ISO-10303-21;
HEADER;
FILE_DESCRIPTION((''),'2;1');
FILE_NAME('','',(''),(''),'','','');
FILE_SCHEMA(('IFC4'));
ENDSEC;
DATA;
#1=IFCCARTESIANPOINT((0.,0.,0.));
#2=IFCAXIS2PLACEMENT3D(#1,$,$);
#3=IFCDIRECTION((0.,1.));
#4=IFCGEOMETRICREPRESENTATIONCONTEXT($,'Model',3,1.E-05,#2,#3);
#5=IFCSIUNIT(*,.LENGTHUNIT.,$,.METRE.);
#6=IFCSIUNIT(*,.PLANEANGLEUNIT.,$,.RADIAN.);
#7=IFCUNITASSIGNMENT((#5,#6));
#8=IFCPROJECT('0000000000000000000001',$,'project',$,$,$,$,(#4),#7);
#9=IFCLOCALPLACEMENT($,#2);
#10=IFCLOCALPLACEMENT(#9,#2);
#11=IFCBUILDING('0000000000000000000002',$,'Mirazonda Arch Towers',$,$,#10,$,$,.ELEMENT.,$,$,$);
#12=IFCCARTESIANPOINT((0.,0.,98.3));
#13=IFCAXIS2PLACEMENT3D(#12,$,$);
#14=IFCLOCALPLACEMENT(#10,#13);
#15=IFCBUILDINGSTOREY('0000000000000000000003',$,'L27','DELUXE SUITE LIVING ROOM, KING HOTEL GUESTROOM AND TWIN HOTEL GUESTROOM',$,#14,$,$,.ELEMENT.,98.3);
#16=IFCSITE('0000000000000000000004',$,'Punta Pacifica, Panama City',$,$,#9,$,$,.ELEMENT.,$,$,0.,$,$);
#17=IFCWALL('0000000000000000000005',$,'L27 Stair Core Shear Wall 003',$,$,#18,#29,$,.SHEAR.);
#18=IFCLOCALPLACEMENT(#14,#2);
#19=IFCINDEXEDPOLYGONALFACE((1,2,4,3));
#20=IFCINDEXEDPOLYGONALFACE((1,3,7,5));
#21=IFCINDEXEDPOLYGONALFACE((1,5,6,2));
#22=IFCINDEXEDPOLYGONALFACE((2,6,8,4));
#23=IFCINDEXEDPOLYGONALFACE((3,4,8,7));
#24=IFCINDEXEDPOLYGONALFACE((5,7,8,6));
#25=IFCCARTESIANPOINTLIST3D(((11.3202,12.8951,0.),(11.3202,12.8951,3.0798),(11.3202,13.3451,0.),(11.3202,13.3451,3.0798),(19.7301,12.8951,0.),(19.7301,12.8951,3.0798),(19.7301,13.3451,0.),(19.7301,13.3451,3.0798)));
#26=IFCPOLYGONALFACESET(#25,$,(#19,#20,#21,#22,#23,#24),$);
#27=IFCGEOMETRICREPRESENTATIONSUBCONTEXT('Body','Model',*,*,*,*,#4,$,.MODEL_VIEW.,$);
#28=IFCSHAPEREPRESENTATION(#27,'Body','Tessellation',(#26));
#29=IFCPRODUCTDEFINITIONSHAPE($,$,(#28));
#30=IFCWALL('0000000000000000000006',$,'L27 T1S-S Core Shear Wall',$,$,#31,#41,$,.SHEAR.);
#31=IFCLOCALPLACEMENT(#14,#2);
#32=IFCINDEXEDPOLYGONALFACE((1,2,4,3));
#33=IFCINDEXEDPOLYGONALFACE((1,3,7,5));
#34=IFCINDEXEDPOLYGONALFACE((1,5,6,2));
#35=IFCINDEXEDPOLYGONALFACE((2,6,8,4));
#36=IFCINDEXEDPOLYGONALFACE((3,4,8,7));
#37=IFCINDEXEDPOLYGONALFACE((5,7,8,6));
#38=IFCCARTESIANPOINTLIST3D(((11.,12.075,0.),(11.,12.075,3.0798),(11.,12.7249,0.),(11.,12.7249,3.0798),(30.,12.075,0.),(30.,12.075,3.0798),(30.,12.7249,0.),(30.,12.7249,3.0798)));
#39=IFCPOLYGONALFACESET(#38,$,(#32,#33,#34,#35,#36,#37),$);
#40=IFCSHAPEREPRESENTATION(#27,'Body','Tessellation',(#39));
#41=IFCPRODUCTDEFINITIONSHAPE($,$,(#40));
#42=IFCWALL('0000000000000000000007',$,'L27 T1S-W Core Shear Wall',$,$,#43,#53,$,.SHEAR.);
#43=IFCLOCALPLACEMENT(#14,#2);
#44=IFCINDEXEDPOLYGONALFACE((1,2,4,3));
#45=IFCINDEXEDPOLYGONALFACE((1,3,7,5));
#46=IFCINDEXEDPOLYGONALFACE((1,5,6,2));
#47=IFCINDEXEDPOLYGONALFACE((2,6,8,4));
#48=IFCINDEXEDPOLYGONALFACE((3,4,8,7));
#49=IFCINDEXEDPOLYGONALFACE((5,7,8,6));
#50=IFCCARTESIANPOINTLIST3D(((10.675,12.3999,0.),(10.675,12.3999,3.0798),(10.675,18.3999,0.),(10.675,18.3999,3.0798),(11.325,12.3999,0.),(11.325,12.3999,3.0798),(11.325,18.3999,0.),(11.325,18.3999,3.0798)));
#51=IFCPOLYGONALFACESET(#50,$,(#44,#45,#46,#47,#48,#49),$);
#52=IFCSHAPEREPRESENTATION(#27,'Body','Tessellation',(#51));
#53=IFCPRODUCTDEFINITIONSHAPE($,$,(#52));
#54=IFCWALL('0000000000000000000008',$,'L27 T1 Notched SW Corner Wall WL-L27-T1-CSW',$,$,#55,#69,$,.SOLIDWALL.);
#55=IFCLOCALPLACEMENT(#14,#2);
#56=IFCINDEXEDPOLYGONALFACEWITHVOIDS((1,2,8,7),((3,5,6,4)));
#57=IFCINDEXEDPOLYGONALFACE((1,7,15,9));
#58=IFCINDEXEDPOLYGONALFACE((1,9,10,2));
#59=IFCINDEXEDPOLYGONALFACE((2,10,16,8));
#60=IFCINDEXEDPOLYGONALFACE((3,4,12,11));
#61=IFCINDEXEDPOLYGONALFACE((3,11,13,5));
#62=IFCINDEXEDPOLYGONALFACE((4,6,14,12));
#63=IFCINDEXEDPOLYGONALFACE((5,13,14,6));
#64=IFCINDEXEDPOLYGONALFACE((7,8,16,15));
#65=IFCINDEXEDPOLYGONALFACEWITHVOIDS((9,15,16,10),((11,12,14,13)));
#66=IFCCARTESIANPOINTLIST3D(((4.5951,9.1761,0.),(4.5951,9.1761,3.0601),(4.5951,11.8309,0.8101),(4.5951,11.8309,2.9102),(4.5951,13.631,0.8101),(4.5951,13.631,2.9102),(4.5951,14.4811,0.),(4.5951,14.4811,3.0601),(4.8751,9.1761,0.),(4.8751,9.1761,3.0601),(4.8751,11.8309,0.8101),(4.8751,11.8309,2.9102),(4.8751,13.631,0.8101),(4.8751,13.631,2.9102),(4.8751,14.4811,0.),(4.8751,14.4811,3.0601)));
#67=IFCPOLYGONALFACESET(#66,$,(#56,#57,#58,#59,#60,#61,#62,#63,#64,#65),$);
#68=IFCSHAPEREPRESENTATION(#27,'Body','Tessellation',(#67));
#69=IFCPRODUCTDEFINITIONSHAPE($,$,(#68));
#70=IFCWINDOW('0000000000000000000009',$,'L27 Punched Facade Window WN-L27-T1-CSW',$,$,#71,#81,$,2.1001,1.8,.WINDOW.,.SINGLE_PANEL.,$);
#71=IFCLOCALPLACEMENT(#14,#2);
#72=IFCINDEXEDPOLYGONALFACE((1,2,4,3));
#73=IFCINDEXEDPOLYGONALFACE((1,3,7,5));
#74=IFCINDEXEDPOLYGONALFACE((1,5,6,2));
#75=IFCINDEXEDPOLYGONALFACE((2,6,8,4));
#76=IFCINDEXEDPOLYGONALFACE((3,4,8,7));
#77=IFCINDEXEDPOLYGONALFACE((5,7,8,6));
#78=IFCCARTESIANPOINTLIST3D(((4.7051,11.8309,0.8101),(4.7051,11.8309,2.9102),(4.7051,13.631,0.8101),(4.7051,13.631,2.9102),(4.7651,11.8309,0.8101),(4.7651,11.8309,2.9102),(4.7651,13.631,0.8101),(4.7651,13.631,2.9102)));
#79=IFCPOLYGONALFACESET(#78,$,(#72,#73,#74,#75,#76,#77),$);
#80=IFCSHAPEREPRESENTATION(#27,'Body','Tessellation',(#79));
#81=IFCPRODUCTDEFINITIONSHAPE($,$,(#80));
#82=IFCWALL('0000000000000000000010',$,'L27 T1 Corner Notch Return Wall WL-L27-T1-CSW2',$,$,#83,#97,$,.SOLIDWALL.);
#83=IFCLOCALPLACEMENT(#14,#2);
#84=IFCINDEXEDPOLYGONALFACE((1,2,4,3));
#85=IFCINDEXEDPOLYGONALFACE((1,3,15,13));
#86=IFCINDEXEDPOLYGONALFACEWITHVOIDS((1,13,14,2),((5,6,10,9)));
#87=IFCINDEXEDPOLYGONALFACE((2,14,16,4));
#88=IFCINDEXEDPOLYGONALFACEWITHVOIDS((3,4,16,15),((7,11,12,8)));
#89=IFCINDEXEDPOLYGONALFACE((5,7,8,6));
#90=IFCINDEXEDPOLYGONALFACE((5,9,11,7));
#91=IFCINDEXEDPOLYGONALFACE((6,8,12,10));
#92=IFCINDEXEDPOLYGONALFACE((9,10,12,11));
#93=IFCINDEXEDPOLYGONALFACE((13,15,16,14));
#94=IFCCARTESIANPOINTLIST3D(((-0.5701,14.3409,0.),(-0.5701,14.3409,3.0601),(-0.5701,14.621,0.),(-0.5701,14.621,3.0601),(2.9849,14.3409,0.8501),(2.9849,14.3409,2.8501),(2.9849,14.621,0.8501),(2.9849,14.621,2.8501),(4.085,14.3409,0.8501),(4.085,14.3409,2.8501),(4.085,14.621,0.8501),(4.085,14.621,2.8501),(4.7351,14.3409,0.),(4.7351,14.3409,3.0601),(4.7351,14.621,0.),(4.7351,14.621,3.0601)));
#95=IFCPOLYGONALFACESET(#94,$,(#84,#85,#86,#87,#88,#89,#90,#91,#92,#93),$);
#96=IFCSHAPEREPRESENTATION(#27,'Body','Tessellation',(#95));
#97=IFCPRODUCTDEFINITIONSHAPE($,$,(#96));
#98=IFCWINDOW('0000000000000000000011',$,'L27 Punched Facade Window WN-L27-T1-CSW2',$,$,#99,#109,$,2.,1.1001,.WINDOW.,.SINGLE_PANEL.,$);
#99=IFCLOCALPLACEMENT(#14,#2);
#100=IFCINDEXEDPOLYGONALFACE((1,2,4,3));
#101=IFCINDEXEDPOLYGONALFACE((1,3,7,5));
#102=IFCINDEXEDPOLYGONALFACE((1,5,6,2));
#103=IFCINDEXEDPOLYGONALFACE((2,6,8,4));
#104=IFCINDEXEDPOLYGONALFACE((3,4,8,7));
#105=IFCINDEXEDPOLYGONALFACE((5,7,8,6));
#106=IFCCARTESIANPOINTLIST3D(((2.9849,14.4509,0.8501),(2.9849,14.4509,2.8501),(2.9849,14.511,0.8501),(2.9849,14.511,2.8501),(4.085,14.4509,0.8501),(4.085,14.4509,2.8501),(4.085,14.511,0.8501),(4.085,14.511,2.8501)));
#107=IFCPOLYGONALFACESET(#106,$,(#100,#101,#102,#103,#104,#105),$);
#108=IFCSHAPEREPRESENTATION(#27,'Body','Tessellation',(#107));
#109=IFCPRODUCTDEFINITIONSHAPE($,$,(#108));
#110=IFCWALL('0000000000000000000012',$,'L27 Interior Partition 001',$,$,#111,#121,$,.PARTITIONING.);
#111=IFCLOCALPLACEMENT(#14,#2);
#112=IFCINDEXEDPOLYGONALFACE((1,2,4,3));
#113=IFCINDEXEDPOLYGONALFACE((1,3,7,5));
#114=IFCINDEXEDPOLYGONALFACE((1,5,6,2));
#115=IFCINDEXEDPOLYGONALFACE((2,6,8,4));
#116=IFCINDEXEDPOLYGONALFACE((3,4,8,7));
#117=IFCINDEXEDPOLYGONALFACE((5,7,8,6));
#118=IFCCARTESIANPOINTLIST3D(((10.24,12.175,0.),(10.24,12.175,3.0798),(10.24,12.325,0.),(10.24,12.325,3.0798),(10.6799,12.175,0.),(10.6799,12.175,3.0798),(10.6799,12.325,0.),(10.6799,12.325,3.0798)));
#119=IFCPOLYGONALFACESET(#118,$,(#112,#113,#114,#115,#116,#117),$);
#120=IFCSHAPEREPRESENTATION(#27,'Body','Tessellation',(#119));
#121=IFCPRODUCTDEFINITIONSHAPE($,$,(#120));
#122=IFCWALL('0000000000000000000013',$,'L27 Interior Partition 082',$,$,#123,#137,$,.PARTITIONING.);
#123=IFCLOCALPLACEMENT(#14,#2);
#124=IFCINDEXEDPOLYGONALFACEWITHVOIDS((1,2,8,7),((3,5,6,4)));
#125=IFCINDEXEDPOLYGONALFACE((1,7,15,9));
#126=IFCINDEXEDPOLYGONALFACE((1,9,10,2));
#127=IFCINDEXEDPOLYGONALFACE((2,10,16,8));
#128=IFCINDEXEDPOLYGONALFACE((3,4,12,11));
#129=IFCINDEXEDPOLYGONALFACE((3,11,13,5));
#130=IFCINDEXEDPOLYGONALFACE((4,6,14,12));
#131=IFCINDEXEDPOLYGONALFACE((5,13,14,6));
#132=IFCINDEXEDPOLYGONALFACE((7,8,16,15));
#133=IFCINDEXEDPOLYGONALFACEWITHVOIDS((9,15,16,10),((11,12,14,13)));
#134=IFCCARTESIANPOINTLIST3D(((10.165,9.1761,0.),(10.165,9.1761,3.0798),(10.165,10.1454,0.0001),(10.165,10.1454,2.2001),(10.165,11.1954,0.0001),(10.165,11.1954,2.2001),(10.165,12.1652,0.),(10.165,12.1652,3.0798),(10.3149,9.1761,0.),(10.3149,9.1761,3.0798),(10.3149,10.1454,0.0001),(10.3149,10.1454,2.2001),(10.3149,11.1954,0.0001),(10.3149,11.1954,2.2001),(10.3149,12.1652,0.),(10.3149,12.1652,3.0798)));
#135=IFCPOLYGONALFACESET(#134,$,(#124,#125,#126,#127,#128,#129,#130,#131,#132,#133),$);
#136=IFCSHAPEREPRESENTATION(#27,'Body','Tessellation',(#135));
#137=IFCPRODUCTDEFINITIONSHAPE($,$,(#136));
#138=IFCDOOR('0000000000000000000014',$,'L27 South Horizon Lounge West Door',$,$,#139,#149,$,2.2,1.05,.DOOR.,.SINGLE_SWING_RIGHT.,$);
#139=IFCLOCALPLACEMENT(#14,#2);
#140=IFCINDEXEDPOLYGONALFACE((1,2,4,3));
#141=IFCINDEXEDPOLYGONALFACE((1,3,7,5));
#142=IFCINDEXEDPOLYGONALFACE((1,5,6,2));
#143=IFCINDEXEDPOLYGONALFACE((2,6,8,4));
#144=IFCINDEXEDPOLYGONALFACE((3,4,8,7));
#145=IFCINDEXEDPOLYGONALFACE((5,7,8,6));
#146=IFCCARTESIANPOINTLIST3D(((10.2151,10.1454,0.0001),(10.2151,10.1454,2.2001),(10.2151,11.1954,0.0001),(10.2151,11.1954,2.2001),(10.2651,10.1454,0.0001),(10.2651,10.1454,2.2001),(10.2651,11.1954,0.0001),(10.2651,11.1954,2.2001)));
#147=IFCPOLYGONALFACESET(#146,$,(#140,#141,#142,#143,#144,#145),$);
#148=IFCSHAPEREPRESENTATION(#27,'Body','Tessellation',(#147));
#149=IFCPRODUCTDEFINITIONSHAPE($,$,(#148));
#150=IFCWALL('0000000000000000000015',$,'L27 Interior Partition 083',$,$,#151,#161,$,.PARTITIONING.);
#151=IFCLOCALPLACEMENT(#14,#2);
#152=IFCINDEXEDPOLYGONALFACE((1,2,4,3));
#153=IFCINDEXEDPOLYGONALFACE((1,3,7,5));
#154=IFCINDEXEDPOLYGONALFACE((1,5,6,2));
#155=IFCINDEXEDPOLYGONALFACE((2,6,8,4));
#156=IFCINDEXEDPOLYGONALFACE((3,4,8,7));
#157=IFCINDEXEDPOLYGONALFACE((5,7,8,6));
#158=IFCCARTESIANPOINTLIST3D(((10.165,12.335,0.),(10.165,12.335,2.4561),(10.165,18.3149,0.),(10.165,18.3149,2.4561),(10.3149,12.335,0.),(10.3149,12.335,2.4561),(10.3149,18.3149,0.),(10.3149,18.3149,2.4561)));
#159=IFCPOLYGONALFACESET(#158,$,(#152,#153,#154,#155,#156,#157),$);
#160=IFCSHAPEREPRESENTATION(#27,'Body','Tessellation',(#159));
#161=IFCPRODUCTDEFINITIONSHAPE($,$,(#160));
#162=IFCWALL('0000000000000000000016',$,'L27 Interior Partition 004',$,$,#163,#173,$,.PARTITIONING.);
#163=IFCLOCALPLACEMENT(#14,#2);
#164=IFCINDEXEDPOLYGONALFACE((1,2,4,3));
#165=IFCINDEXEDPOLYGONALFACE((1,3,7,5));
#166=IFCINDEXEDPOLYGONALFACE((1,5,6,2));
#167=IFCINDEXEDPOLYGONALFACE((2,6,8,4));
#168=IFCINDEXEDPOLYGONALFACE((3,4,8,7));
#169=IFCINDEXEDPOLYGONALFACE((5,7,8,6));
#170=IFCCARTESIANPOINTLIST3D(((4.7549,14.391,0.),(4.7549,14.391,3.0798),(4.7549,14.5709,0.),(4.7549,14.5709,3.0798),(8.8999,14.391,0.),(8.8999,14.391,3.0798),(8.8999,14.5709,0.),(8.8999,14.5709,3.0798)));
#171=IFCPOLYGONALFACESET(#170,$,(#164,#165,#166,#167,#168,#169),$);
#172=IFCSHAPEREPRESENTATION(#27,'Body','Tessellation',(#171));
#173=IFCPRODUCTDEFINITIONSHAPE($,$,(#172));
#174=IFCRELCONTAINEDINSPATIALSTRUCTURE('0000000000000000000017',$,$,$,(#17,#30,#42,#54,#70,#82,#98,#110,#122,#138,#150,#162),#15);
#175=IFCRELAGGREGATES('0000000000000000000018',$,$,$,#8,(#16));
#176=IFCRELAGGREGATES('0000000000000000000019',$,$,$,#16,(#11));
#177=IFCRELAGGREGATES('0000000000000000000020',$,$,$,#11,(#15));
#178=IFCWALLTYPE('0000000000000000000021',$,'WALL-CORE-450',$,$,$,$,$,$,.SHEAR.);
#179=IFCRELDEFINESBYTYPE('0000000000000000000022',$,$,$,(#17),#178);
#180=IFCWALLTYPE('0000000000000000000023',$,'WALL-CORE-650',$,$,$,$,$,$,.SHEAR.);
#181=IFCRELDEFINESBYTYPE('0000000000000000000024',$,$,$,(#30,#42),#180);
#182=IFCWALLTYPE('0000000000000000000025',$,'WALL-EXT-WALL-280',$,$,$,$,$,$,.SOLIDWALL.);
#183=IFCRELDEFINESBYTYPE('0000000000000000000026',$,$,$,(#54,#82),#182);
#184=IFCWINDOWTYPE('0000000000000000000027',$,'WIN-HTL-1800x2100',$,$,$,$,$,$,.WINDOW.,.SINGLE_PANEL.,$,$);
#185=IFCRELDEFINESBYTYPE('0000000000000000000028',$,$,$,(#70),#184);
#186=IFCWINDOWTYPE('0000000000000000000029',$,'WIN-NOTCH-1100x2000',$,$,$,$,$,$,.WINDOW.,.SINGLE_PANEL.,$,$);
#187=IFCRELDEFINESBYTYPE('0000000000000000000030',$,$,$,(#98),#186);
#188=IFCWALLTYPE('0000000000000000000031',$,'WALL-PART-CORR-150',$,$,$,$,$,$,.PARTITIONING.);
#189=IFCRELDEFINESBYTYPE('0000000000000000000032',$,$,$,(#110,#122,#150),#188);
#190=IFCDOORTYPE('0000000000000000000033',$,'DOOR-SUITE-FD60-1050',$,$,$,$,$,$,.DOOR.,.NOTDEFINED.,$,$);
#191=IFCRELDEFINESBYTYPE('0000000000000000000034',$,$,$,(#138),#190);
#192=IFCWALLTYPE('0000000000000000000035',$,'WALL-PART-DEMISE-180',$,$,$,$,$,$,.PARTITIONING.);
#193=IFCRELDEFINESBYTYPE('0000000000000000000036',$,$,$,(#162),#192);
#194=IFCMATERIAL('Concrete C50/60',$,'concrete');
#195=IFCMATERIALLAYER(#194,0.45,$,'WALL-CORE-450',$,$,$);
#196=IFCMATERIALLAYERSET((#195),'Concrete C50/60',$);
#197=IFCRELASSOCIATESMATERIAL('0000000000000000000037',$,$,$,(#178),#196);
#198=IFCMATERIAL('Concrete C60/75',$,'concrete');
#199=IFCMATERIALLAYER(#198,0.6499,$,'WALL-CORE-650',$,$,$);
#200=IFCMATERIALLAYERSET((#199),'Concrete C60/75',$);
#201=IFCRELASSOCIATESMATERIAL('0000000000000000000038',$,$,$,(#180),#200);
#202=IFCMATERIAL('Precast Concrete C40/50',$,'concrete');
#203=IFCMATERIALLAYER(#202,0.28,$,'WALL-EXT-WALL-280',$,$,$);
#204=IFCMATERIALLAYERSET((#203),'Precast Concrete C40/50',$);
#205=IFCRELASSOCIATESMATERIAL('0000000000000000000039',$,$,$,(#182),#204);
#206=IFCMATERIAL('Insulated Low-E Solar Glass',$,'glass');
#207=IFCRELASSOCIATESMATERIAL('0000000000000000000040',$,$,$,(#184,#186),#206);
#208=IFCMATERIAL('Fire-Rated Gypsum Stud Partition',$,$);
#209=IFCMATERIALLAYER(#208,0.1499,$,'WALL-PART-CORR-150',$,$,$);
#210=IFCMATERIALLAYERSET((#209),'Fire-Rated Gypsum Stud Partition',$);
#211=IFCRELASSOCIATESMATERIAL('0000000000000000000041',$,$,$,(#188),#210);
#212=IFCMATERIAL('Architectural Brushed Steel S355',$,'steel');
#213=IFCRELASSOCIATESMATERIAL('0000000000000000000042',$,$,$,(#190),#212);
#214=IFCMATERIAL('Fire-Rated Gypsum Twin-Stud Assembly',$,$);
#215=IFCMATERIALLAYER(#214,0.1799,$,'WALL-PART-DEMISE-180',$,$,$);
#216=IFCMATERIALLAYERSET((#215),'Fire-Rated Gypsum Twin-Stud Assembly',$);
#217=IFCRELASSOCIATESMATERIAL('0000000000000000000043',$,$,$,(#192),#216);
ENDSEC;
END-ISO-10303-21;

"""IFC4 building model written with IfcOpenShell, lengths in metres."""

from ifc_helpers import new_model, si_unit, direction, frame, frame_2d, origin, place, context, subcontext, project, spatial, rectangle, extrude, material, layer, layer_set, type_object, element, fill, save


model = new_model("IFC4")

# Units and contexts
model_context = context("Model", 3, precision=1e-05, world=origin(), true_north=direction((0.0, 1.0)))
body_context = subcontext(model_context, "Body", "Model", "MODEL_VIEW")
ifc_project = project(units=[si_unit("LENGTHUNIT", "METRE"), si_unit("PLANEANGLEUNIT", "RADIAN")], contexts=[model_context])

# Site, building, storey
site_placement = place(None, origin())
site = spatial("IfcSite", under=ifc_project, at=site_placement, Name="Punta Pacifica, Panama City", CompositionType="ELEMENT", RefElevation=0.0)
building_placement = place(site_placement, origin())
building = spatial("IfcBuilding", under=site, at=building_placement, Name="Mirazonda Arch Towers", CompositionType="ELEMENT")
storey_placement = place(building_placement, frame((0.0, 0.0, 98.3)))
storey = spatial("IfcBuildingStorey", under=building, at=storey_placement, Name="L27", Description="DELUXE SUITE LIVING ROOM, KING HOTEL GUESTROOM AND TWIN HOTEL GUESTROOM", CompositionType="ELEMENT", Elevation=98.3)

# Shared definitions
ifc_material_1 = material(Name="Concrete C50/60", Category="concrete")
ifc_material_2 = material(Name="Concrete C60/75", Category="concrete")

# Shared definitions
ifc_material_3 = material(Name="Insulated Low-E Solar Glass", Category="glass")

# Walls
ifc_layer_1 = layer(ifc_material_1, 0.45, Name="WALL-CORE-450")
ifc_layer_set_1 = layer_set([ifc_layer_1], Name="Concrete C50/60")
wall_type_1 = type_object("IfcWallType", Name="WALL-CORE-450", PredefinedType="SHEAR", material=ifc_layer_set_1)
wall_1_placement = place(storey_placement, frame((11.3201, 13.1201, 0.0), z_axis=(0.0, 0.0, 1.0), x_axis=(1.0, 0.0, 0.0)))
element("IfcWall", 1, at=wall_1_placement, inside=storey, type_object=wall_type_1, Name="L27 Stair Core Shear Wall 003", PredefinedType="SHEAR", context=body_context, shape_type="SweptSolid", body=[
    extrude(rectangle(XDim=8.4099, YDim=0.45, at=frame_2d((4.2051, 0.0))), origin(), (0.0, 0.0, 1.0), 3.0798),
])
ifc_layer_2 = layer(ifc_material_2, 0.6499, Name="WALL-CORE-650")
ifc_layer_set_2 = layer_set([ifc_layer_2], Name="Concrete C60/75")
wall_type_2 = type_object("IfcWallType", Name="WALL-CORE-650", PredefinedType="SHEAR", material=ifc_layer_set_2)
wall_2_placement = place(storey_placement, frame((11.0, 12.3999, 0.0), z_axis=(0.0, 0.0, 1.0), x_axis=(1.0, 0.0, 0.0)))
element("IfcWall", 2, at=wall_2_placement, inside=storey, type_object=wall_type_2, Name="L27 T1S-S Core Shear Wall", PredefinedType="SHEAR", context=body_context, shape_type="SweptSolid", body=[
    extrude(rectangle(XDim=19.0, YDim=0.6499, at=frame_2d((9.5, 0.0))), origin(), (0.0, 0.0, 1.0), 3.0798),
])
wall_3_placement = place(storey_placement, frame((11.0, 12.3999, 0.0), z_axis=(0.0, 0.0, 1.0), x_axis=(0.0, 1.0, 0.0)))
element("IfcWall", 3, at=wall_3_placement, inside=storey, type_object=wall_type_2, Name="L27 T1S-W Core Shear Wall", PredefinedType="SHEAR", context=body_context, shape_type="SweptSolid", body=[
    extrude(rectangle(XDim=6.0, YDim=0.6499, at=frame_2d((3.0, 0.0))), origin(), (0.0, 0.0, 1.0), 3.0798),
])

# Walls, openings, windows
ifc_material_4 = material(Name="Precast Concrete C40/50", Category="concrete")
ifc_layer_3 = layer(ifc_material_4, 0.28, Name="WALL-EXT-WALL-280")
ifc_layer_set_3 = layer_set([ifc_layer_3], Name="Precast Concrete C40/50")
wall_type_3 = type_object("IfcWallType", Name="WALL-EXT-WALL-280", PredefinedType="SOLIDWALL", material=ifc_layer_set_3)
wall_4_placement = place(storey_placement, frame((4.7351, 14.481, 0.0), z_axis=(0.0, 0.0, 1.0), x_axis=(0.0, -1.0, 0.0)))
wall_4 = element("IfcWall", 4, at=wall_4_placement, inside=storey, type_object=wall_type_3, Name="L27 T1 Notched SW Corner Wall WL-L27-T1-CSW", PredefinedType="SOLIDWALL", context=body_context, shape_type="SweptSolid", body=[
    extrude(rectangle(XDim=5.3049, YDim=0.28, at=frame_2d((2.6523, 0.0))), origin(), (0.0, 0.0, 1.0), 3.0601),
])
opening_1_placement = place(wall_4_placement, frame((0.8501, 0.0, 0.8101)))
opening_1 = element("IfcOpeningElement", 5, at=opening_1_placement, cuts=wall_4, PredefinedType="OPENING", context=body_context, shape_type="SweptSolid", body=[
    extrude(rectangle(XDim=1.8, YDim=2.1001, at=frame_2d((0.8999, 1.05))), frame((0.0, 0.1499, 0.0), z_axis=(0.0, -1.0, 0.0), x_axis=(1.0, 0.0, 0.0)), (0.0, 0.0, 1.0), 0.3),
])
window_type_1 = type_object("IfcWindowType", Name="WIN-HTL-1800x2100", PartitioningType="SINGLE_PANEL", PredefinedType="WINDOW", material=ifc_material_3)
window_1_placement = place(opening_1_placement, origin())
window_1 = element("IfcWindow", 6, at=window_1_placement, inside=storey, type_object=window_type_1, Name="L27 Punched Facade Window WN-L27-T1-CSW", OverallHeight=2.1001, OverallWidth=1.8, PartitioningType="SINGLE_PANEL", PredefinedType="WINDOW", context=body_context, shape_type="SweptSolid", body=[
    extrude(rectangle(XDim=1.8, YDim=2.1001, at=frame_2d((0.8999, 1.05))), frame((0.0, 0.03, 0.0), z_axis=(0.0, -1.0, 0.0), x_axis=(1.0, 0.0, 0.0)), (0.0, 0.0, 1.0), 0.0601),
])
fill(opening_1, window_1)
wall_5_placement = place(storey_placement, frame((-0.5701, 14.481, 0.0), z_axis=(0.0, 0.0, 1.0), x_axis=(1.0, 0.0, 0.0)))
wall_5 = element("IfcWall", 7, at=wall_5_placement, inside=storey, type_object=wall_type_3, Name="L27 T1 Corner Notch Return Wall WL-L27-T1-CSW2", PredefinedType="SOLIDWALL", context=body_context, shape_type="SweptSolid", body=[
    extrude(rectangle(XDim=5.3052, YDim=0.28, at=frame_2d((2.6526, 0.0))), origin(), (0.0, 0.0, 1.0), 3.0601),
])
opening_2_placement = place(wall_5_placement, frame((3.5549, 0.0, 0.8501)))
opening_2 = element("IfcOpeningElement", 8, at=opening_2_placement, cuts=wall_5, PredefinedType="OPENING", context=body_context, shape_type="SweptSolid", body=[
    extrude(rectangle(XDim=1.1001, YDim=2.0, at=frame_2d((0.55, 1.0))), frame((0.0, 0.1499, 0.0), z_axis=(0.0, -1.0, 0.0), x_axis=(1.0, 0.0, 0.0)), (0.0, 0.0, 1.0), 0.3),
])
window_type_2 = type_object("IfcWindowType", Name="WIN-NOTCH-1100x2000", PartitioningType="SINGLE_PANEL", PredefinedType="WINDOW", material=ifc_material_3)
window_2_placement = place(opening_2_placement, origin())
window_2 = element("IfcWindow", 9, at=window_2_placement, inside=storey, type_object=window_type_2, Name="L27 Punched Facade Window WN-L27-T1-CSW2", OverallHeight=2.0, OverallWidth=1.1001, PartitioningType="SINGLE_PANEL", PredefinedType="WINDOW", context=body_context, shape_type="SweptSolid", body=[
    extrude(rectangle(XDim=1.1001, YDim=2.0, at=frame_2d((0.55, 1.0))), frame((0.0, 0.03, 0.0), z_axis=(0.0, -1.0, 0.0), x_axis=(1.0, 0.0, 0.0)), (0.0, 0.0, 1.0), 0.0601),
])
fill(opening_2, window_2)

# Wall
ifc_material_5 = material(Name="Fire-Rated Gypsum Stud Partition")
ifc_layer_4 = layer(ifc_material_5, 0.1499, Name="WALL-PART-CORR-150")
ifc_layer_set_4 = layer_set([ifc_layer_4], Name="Fire-Rated Gypsum Stud Partition")
wall_type_4 = type_object("IfcWallType", Name="WALL-PART-CORR-150", PredefinedType="PARTITIONING", material=ifc_layer_set_4)
wall_6_placement = place(storey_placement, frame((10.24, 12.25, 0.0), z_axis=(0.0, 0.0, 1.0), x_axis=(1.0, 0.0, 0.0)))
element("IfcWall", 10, at=wall_6_placement, inside=storey, type_object=wall_type_4, Name="L27 Interior Partition 001", PredefinedType="PARTITIONING", context=body_context, shape_type="SweptSolid", body=[
    extrude(rectangle(XDim=0.4399, YDim=0.1499, at=frame_2d((0.22, 0.0))), origin(), (0.0, 0.0, 1.0), 3.0798),
])

# Wall, opening, door
wall_7_placement = place(storey_placement, frame((10.24, 9.176, 0.0), z_axis=(0.0, 0.0, 1.0), x_axis=(0.0, 1.0, 0.0)))
wall_7 = element("IfcWall", 11, at=wall_7_placement, inside=storey, type_object=wall_type_4, Name="L27 Interior Partition 082", PredefinedType="PARTITIONING", context=body_context, shape_type="SweptSolid", body=[
    extrude(rectangle(XDim=2.989, YDim=0.1499, at=frame_2d((1.4946, 0.0))), origin(), (0.0, 0.0, 1.0), 3.0798),
])
opening_3_placement = place(wall_7_placement, frame((0.9695, 0.0, 0.0)))
opening_3 = element("IfcOpeningElement", 12, at=opening_3_placement, cuts=wall_7, PredefinedType="OPENING", context=body_context, shape_type="SweptSolid", body=[
    extrude(rectangle(XDim=1.05, YDim=2.2, at=frame_2d((0.5249, 1.1001))), frame((0.0, 0.085, 0.0), z_axis=(0.0, -1.0, 0.0), x_axis=(1.0, 0.0, 0.0)), (0.0, 0.0, 1.0), 0.1699),
])
ifc_material_6 = material(Name="Architectural Brushed Steel S355", Category="steel")
door_type_1 = type_object("IfcDoorType", Name="DOOR-SUITE-FD60-1050", OperationType="NOTDEFINED", PredefinedType="DOOR", material=ifc_material_6)
door_1_placement = place(opening_3_placement, origin())
door_1 = element("IfcDoor", 13, at=door_1_placement, inside=storey, type_object=door_type_1, Name="L27 South Horizon Lounge West Door", OperationType="SINGLE_SWING_RIGHT", OverallHeight=2.2, OverallWidth=1.05, PredefinedType="DOOR", context=body_context, shape_type="SweptSolid", body=[
    extrude(rectangle(XDim=1.05, YDim=2.2, at=frame_2d((0.5249, 1.1001))), frame((0.0, 0.0249, 0.0), z_axis=(0.0, -1.0, 0.0), x_axis=(1.0, 0.0, 0.0)), (0.0, 0.0, 1.0), 0.05),
])
fill(opening_3, door_1)

# Walls
wall_8_placement = place(storey_placement, frame((10.24, 12.335, 0.0), z_axis=(0.0, 0.0, 1.0), x_axis=(0.0, 1.0, 0.0)))
element("IfcWall", 14, at=wall_8_placement, inside=storey, type_object=wall_type_4, Name="L27 Interior Partition 083", PredefinedType="PARTITIONING", context=body_context, shape_type="SweptSolid", body=[
    extrude(rectangle(XDim=5.98, YDim=0.1499, at=frame_2d((2.99, 0.0))), origin(), (0.0, 0.0, 1.0), 2.4561),
])
ifc_material_7 = material(Name="Fire-Rated Gypsum Twin-Stud Assembly")
ifc_layer_5 = layer(ifc_material_7, 0.1799, Name="WALL-PART-DEMISE-180")
ifc_layer_set_5 = layer_set([ifc_layer_5], Name="Fire-Rated Gypsum Twin-Stud Assembly")
wall_type_5 = type_object("IfcWallType", Name="WALL-PART-DEMISE-180", PredefinedType="PARTITIONING", material=ifc_layer_set_5)
wall_9_placement = place(storey_placement, frame((4.7549, 14.481, 0.0), z_axis=(0.0, 0.0, 1.0), x_axis=(1.0, 0.0, 0.0)))
element("IfcWall", 15, at=wall_9_placement, inside=storey, type_object=wall_type_5, Name="L27 Interior Partition 004", PredefinedType="PARTITIONING", context=body_context, shape_type="SweptSolid", body=[
    extrude(rectangle(XDim=4.145, YDim=0.1799, at=frame_2d((2.0725, 0.0))), origin(), (0.0, 0.0, 1.0), 3.0798),
])

save(model, "model.ifc")
